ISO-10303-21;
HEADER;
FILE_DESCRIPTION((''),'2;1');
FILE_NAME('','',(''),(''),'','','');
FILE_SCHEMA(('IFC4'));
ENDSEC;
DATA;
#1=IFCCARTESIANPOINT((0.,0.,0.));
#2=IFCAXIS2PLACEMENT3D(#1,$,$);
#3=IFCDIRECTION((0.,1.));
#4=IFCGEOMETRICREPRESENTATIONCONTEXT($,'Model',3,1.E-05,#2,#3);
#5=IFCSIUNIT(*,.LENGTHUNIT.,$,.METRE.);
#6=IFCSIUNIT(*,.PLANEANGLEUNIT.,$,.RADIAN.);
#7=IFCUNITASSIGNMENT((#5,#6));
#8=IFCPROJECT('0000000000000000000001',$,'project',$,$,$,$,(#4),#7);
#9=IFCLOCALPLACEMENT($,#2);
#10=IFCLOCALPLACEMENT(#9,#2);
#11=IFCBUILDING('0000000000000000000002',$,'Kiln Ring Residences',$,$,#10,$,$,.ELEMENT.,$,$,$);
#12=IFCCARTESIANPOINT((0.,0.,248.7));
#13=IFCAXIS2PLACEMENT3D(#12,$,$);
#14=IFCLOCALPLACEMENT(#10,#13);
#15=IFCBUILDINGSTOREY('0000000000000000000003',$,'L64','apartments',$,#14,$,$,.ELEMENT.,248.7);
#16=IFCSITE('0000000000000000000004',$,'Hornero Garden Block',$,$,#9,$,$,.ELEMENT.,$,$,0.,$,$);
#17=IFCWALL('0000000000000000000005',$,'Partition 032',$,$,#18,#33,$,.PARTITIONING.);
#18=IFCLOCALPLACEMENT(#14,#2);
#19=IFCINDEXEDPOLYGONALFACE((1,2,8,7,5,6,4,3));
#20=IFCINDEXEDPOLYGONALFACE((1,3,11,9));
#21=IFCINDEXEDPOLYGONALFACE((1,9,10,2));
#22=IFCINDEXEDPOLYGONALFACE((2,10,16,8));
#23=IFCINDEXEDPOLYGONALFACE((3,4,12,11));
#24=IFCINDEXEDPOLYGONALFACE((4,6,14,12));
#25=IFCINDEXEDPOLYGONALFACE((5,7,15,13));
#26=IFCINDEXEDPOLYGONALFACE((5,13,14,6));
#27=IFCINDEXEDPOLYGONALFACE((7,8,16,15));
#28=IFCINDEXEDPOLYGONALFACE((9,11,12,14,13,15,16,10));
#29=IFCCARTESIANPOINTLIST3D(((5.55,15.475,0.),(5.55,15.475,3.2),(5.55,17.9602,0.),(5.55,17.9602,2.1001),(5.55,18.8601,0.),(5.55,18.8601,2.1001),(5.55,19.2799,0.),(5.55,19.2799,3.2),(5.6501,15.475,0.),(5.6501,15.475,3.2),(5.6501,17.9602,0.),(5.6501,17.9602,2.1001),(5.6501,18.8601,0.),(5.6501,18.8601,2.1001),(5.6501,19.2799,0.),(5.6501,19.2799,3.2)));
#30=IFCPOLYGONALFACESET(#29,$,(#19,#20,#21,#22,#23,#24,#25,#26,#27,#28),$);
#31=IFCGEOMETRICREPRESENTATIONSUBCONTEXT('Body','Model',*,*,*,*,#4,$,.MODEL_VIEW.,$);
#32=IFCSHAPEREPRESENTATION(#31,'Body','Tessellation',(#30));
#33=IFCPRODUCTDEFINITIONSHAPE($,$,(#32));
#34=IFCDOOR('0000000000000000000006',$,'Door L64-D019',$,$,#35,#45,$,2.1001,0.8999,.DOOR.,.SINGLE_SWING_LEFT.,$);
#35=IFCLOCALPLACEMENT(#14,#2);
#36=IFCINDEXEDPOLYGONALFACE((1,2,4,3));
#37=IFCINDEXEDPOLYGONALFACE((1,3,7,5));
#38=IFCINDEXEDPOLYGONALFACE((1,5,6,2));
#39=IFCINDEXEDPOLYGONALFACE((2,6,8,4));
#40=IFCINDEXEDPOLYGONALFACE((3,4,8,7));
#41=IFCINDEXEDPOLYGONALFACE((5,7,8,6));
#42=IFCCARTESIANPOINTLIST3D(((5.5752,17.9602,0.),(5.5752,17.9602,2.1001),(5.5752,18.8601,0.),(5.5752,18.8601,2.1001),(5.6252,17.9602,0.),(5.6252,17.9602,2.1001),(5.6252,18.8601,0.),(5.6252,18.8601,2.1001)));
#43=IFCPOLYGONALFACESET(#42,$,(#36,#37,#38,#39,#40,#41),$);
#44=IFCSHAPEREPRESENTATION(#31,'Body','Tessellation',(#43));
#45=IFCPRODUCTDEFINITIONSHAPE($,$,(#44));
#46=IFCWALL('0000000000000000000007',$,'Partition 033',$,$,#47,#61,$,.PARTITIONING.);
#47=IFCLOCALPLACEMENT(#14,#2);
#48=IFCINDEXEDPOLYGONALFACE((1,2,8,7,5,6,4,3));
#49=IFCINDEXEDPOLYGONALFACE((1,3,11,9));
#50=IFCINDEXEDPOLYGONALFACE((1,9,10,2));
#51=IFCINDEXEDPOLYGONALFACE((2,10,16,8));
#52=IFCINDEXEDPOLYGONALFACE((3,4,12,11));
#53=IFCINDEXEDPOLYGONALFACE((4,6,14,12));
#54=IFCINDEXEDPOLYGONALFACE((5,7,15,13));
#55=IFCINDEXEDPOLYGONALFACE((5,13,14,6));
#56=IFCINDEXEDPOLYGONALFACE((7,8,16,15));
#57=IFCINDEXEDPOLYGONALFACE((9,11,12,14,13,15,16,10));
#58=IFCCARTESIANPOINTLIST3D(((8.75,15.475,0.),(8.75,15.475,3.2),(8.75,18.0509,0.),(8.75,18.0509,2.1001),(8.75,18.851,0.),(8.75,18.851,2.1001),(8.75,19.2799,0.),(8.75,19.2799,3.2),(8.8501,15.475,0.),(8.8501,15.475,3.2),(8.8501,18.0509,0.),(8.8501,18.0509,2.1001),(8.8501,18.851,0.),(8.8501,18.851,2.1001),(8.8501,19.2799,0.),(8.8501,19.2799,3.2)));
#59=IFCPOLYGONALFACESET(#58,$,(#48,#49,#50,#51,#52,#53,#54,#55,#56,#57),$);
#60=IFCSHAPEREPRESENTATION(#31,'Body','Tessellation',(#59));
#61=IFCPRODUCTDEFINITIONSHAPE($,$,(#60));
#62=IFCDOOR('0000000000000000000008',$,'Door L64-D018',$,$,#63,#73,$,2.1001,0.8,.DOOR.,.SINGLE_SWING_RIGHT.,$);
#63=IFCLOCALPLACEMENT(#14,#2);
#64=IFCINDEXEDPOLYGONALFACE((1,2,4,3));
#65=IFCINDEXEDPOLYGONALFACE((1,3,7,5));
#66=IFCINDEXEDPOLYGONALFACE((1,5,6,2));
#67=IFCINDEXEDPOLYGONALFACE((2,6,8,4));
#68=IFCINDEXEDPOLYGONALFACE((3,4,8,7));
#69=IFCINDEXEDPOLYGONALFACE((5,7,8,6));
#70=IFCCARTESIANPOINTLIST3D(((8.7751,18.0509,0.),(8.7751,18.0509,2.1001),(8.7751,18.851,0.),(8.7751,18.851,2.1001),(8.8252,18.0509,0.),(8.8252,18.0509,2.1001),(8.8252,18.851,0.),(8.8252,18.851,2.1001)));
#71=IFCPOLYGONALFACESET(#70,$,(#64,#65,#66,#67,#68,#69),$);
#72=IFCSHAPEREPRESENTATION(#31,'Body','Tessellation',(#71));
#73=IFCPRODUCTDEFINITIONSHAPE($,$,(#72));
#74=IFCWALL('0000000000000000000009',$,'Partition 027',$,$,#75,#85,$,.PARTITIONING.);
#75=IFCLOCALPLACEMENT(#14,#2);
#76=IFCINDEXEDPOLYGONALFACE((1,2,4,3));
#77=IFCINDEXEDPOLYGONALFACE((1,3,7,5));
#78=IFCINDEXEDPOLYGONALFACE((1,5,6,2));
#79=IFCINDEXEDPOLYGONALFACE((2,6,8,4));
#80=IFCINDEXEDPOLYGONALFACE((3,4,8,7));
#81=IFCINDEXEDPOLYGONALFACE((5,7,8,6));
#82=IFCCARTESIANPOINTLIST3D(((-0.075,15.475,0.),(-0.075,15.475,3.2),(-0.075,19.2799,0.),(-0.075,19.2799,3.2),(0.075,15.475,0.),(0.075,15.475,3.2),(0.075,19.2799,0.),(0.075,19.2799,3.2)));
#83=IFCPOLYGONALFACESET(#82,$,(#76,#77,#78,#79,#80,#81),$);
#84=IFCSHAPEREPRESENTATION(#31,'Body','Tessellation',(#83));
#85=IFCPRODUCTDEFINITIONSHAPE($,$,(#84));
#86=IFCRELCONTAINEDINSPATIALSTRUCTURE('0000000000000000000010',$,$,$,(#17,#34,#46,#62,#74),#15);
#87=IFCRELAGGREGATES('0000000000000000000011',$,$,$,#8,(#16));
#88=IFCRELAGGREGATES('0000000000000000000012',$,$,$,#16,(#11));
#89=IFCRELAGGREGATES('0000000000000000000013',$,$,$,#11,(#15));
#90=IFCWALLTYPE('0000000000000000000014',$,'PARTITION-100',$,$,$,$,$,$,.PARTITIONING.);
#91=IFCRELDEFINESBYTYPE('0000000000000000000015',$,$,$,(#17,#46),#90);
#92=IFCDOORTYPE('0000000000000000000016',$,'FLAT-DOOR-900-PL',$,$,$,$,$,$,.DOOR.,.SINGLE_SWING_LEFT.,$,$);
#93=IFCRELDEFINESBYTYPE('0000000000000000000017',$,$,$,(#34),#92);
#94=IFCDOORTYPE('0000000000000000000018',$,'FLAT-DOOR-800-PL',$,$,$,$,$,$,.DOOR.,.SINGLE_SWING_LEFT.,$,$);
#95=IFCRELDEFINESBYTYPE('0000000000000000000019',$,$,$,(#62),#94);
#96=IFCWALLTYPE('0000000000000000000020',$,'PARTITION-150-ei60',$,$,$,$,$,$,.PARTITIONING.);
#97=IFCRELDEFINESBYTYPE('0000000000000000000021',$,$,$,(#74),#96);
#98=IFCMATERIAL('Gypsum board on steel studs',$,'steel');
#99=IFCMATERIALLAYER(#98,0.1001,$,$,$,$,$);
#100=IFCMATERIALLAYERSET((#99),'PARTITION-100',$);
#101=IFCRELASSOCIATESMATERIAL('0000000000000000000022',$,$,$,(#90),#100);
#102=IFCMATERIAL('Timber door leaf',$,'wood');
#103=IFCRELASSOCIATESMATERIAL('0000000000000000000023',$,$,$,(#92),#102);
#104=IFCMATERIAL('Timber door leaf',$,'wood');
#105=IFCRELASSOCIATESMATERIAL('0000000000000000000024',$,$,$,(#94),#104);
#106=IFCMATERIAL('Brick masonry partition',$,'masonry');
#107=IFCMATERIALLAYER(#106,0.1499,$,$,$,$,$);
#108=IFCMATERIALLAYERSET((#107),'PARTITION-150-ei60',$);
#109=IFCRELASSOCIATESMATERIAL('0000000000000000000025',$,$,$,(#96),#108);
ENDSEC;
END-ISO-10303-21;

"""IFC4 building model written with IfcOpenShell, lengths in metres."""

from ifc_helpers import new_model, si_unit, direction, frame, frame_2d, origin, place, context, subcontext, project, spatial, rectangle, extrude, material, layer, layer_set, type_object, element, fill, save


model = new_model("IFC4")

# Units and contexts
model_context = context("Model", 3, precision=1e-05, world=origin(), true_north=direction((0.0, 1.0)))
body_context = subcontext(model_context, "Body", "Model", "MODEL_VIEW")
ifc_project = project(units=[si_unit("LENGTHUNIT", "METRE"), si_unit("PLANEANGLEUNIT", "RADIAN")], contexts=[model_context])

# Site, building, storey
site_placement = place(None, origin())
site = spatial("IfcSite", under=ifc_project, at=site_placement, Name="Hornero Garden Block", CompositionType="ELEMENT", RefElevation=0.0)
building_placement = place(site_placement, origin())
building = spatial("IfcBuilding", under=site, at=building_placement, Name="Kiln Ring Residences", CompositionType="ELEMENT")
storey_placement = place(building_placement, frame((0.0, 0.0, 248.7)))
storey = spatial("IfcBuildingStorey", under=building, at=storey_placement, Name="L64", Description="apartments", CompositionType="ELEMENT", Elevation=248.7)

# Walls, openings, doors
ifc_material_1 = material(Name="Gypsum board on steel studs", Category="steel")
ifc_layer_1 = layer(ifc_material_1, 0.1001)
ifc_layer_set_1 = layer_set([ifc_layer_1], Name="PARTITION-100")
wall_type_1 = type_object("IfcWallType", Name="PARTITION-100", PredefinedType="PARTITIONING", material=ifc_layer_set_1)
wall_1_placement = place(storey_placement, frame((5.6001, 15.4751, 0.0), z_axis=(0.0, 0.0, 1.0), x_axis=(0.0, 1.0, 0.0)))
wall_1 = element("IfcWall", 1, at=wall_1_placement, inside=storey, type_object=wall_type_1, Name="Partition 032", PredefinedType="PARTITIONING", context=body_context, shape_type="SweptSolid", body=[
    extrude(rectangle(XDim=3.8049, YDim=0.1001, at=frame_2d((1.9023, 0.0))), origin(), (0.0, 0.0, 1.0), 3.2),
])
opening_1_placement = place(wall_1_placement, frame((2.4851, 0.0, 0.0)))
opening_1 = element("IfcOpeningElement", 2, at=opening_1_placement, cuts=wall_1, PredefinedType="OPENING", context=body_context, shape_type="SweptSolid", body=[
    extrude(rectangle(XDim=0.8999, YDim=2.1001, at=frame_2d((0.45, 1.05))), frame((0.0, 0.0601, 0.0), z_axis=(0.0, -1.0, 0.0), x_axis=(1.0, 0.0, 0.0)), (0.0, 0.0, 1.0), 0.1201),
])
ifc_material_2 = material(Name="Timber door leaf", Category="wood")
door_type_1 = type_object("IfcDoorType", Name="FLAT-DOOR-900-PL", OperationType="SINGLE_SWING_LEFT", PredefinedType="DOOR", material=ifc_material_2)
door_1_placement = place(opening_1_placement, origin())
door_1 = element("IfcDoor", 3, at=door_1_placement, inside=storey, type_object=door_type_1, Name="Door L64-D019", OperationType="SINGLE_SWING_LEFT", OverallHeight=2.1001, OverallWidth=0.8999, PredefinedType="DOOR", context=body_context, shape_type="SweptSolid", body=[
    extrude(rectangle(XDim=0.8999, YDim=2.1001, at=frame_2d((0.45, 1.05))), frame((0.0, 0.0249, 0.0), z_axis=(0.0, -1.0, 0.0), x_axis=(1.0, 0.0, 0.0)), (0.0, 0.0, 1.0), 0.05),
])
fill(opening_1, door_1)
wall_2_placement = place(storey_placement, frame((8.8, 15.4751, 0.0), z_axis=(0.0, 0.0, 1.0), x_axis=(0.0, 1.0, 0.0)))
wall_2 = element("IfcWall", 4, at=wall_2_placement, inside=storey, type_object=wall_type_1, Name="Partition 033", PredefinedType="PARTITIONING", context=body_context, shape_type="SweptSolid", body=[
    extrude(rectangle(XDim=3.8049, YDim=0.1001, at=frame_2d((1.9023, 0.0))), origin(), (0.0, 0.0, 1.0), 3.2),
])
opening_2_placement = place(wall_2_placement, frame((2.5759, 0.0, 0.0)))
opening_2 = element("IfcOpeningElement", 5, at=opening_2_placement, cuts=wall_2, PredefinedType="OPENING", context=body_context, shape_type="SweptSolid", body=[
    extrude(rectangle(XDim=0.8, YDim=2.1001, at=frame_2d((0.3999, 1.05))), frame((0.0, 0.0601, 0.0), z_axis=(0.0, -1.0, 0.0), x_axis=(1.0, 0.0, 0.0)), (0.0, 0.0, 1.0), 0.1201),
])
ifc_material_3 = material(Name="Timber door leaf", Category="wood")
door_type_2 = type_object("IfcDoorType", Name="FLAT-DOOR-800-PL", OperationType="SINGLE_SWING_LEFT", PredefinedType="DOOR", material=ifc_material_3)
door_2_placement = place(opening_2_placement, origin())
door_2 = element("IfcDoor", 6, at=door_2_placement, inside=storey, type_object=door_type_2, Name="Door L64-D018", OperationType="SINGLE_SWING_RIGHT", OverallHeight=2.1001, OverallWidth=0.8, PredefinedType="DOOR", context=body_context, shape_type="SweptSolid", body=[
    extrude(rectangle(XDim=0.8, YDim=2.1001, at=frame_2d((0.3999, 1.05))), frame((0.0, 0.0249, 0.0), z_axis=(0.0, -1.0, 0.0), x_axis=(1.0, 0.0, 0.0)), (0.0, 0.0, 1.0), 0.05),
])
fill(opening_2, door_2)

# Wall
ifc_material_4 = material(Name="Brick masonry partition", Category="masonry")
ifc_layer_2 = layer(ifc_material_4, 0.1499)
ifc_layer_set_2 = layer_set([ifc_layer_2], Name="PARTITION-150-ei60")
wall_type_2 = type_object("IfcWallType", Name="PARTITION-150-ei60", PredefinedType="PARTITIONING", material=ifc_layer_set_2)
wall_3_placement = place(storey_placement, frame((0.0, 15.4751, 0.0), z_axis=(0.0, 0.0, 1.0), x_axis=(0.0, 1.0, 0.0)))
element("IfcWall", 7, at=wall_3_placement, inside=storey, type_object=wall_type_2, Name="Partition 027", PredefinedType="PARTITIONING", context=body_context, shape_type="SweptSolid", body=[
    extrude(rectangle(XDim=3.8049, YDim=0.1499, at=frame_2d((1.9023, 0.0))), origin(), (0.0, 0.0, 1.0), 3.2),
])

save(model, "model.ifc")
